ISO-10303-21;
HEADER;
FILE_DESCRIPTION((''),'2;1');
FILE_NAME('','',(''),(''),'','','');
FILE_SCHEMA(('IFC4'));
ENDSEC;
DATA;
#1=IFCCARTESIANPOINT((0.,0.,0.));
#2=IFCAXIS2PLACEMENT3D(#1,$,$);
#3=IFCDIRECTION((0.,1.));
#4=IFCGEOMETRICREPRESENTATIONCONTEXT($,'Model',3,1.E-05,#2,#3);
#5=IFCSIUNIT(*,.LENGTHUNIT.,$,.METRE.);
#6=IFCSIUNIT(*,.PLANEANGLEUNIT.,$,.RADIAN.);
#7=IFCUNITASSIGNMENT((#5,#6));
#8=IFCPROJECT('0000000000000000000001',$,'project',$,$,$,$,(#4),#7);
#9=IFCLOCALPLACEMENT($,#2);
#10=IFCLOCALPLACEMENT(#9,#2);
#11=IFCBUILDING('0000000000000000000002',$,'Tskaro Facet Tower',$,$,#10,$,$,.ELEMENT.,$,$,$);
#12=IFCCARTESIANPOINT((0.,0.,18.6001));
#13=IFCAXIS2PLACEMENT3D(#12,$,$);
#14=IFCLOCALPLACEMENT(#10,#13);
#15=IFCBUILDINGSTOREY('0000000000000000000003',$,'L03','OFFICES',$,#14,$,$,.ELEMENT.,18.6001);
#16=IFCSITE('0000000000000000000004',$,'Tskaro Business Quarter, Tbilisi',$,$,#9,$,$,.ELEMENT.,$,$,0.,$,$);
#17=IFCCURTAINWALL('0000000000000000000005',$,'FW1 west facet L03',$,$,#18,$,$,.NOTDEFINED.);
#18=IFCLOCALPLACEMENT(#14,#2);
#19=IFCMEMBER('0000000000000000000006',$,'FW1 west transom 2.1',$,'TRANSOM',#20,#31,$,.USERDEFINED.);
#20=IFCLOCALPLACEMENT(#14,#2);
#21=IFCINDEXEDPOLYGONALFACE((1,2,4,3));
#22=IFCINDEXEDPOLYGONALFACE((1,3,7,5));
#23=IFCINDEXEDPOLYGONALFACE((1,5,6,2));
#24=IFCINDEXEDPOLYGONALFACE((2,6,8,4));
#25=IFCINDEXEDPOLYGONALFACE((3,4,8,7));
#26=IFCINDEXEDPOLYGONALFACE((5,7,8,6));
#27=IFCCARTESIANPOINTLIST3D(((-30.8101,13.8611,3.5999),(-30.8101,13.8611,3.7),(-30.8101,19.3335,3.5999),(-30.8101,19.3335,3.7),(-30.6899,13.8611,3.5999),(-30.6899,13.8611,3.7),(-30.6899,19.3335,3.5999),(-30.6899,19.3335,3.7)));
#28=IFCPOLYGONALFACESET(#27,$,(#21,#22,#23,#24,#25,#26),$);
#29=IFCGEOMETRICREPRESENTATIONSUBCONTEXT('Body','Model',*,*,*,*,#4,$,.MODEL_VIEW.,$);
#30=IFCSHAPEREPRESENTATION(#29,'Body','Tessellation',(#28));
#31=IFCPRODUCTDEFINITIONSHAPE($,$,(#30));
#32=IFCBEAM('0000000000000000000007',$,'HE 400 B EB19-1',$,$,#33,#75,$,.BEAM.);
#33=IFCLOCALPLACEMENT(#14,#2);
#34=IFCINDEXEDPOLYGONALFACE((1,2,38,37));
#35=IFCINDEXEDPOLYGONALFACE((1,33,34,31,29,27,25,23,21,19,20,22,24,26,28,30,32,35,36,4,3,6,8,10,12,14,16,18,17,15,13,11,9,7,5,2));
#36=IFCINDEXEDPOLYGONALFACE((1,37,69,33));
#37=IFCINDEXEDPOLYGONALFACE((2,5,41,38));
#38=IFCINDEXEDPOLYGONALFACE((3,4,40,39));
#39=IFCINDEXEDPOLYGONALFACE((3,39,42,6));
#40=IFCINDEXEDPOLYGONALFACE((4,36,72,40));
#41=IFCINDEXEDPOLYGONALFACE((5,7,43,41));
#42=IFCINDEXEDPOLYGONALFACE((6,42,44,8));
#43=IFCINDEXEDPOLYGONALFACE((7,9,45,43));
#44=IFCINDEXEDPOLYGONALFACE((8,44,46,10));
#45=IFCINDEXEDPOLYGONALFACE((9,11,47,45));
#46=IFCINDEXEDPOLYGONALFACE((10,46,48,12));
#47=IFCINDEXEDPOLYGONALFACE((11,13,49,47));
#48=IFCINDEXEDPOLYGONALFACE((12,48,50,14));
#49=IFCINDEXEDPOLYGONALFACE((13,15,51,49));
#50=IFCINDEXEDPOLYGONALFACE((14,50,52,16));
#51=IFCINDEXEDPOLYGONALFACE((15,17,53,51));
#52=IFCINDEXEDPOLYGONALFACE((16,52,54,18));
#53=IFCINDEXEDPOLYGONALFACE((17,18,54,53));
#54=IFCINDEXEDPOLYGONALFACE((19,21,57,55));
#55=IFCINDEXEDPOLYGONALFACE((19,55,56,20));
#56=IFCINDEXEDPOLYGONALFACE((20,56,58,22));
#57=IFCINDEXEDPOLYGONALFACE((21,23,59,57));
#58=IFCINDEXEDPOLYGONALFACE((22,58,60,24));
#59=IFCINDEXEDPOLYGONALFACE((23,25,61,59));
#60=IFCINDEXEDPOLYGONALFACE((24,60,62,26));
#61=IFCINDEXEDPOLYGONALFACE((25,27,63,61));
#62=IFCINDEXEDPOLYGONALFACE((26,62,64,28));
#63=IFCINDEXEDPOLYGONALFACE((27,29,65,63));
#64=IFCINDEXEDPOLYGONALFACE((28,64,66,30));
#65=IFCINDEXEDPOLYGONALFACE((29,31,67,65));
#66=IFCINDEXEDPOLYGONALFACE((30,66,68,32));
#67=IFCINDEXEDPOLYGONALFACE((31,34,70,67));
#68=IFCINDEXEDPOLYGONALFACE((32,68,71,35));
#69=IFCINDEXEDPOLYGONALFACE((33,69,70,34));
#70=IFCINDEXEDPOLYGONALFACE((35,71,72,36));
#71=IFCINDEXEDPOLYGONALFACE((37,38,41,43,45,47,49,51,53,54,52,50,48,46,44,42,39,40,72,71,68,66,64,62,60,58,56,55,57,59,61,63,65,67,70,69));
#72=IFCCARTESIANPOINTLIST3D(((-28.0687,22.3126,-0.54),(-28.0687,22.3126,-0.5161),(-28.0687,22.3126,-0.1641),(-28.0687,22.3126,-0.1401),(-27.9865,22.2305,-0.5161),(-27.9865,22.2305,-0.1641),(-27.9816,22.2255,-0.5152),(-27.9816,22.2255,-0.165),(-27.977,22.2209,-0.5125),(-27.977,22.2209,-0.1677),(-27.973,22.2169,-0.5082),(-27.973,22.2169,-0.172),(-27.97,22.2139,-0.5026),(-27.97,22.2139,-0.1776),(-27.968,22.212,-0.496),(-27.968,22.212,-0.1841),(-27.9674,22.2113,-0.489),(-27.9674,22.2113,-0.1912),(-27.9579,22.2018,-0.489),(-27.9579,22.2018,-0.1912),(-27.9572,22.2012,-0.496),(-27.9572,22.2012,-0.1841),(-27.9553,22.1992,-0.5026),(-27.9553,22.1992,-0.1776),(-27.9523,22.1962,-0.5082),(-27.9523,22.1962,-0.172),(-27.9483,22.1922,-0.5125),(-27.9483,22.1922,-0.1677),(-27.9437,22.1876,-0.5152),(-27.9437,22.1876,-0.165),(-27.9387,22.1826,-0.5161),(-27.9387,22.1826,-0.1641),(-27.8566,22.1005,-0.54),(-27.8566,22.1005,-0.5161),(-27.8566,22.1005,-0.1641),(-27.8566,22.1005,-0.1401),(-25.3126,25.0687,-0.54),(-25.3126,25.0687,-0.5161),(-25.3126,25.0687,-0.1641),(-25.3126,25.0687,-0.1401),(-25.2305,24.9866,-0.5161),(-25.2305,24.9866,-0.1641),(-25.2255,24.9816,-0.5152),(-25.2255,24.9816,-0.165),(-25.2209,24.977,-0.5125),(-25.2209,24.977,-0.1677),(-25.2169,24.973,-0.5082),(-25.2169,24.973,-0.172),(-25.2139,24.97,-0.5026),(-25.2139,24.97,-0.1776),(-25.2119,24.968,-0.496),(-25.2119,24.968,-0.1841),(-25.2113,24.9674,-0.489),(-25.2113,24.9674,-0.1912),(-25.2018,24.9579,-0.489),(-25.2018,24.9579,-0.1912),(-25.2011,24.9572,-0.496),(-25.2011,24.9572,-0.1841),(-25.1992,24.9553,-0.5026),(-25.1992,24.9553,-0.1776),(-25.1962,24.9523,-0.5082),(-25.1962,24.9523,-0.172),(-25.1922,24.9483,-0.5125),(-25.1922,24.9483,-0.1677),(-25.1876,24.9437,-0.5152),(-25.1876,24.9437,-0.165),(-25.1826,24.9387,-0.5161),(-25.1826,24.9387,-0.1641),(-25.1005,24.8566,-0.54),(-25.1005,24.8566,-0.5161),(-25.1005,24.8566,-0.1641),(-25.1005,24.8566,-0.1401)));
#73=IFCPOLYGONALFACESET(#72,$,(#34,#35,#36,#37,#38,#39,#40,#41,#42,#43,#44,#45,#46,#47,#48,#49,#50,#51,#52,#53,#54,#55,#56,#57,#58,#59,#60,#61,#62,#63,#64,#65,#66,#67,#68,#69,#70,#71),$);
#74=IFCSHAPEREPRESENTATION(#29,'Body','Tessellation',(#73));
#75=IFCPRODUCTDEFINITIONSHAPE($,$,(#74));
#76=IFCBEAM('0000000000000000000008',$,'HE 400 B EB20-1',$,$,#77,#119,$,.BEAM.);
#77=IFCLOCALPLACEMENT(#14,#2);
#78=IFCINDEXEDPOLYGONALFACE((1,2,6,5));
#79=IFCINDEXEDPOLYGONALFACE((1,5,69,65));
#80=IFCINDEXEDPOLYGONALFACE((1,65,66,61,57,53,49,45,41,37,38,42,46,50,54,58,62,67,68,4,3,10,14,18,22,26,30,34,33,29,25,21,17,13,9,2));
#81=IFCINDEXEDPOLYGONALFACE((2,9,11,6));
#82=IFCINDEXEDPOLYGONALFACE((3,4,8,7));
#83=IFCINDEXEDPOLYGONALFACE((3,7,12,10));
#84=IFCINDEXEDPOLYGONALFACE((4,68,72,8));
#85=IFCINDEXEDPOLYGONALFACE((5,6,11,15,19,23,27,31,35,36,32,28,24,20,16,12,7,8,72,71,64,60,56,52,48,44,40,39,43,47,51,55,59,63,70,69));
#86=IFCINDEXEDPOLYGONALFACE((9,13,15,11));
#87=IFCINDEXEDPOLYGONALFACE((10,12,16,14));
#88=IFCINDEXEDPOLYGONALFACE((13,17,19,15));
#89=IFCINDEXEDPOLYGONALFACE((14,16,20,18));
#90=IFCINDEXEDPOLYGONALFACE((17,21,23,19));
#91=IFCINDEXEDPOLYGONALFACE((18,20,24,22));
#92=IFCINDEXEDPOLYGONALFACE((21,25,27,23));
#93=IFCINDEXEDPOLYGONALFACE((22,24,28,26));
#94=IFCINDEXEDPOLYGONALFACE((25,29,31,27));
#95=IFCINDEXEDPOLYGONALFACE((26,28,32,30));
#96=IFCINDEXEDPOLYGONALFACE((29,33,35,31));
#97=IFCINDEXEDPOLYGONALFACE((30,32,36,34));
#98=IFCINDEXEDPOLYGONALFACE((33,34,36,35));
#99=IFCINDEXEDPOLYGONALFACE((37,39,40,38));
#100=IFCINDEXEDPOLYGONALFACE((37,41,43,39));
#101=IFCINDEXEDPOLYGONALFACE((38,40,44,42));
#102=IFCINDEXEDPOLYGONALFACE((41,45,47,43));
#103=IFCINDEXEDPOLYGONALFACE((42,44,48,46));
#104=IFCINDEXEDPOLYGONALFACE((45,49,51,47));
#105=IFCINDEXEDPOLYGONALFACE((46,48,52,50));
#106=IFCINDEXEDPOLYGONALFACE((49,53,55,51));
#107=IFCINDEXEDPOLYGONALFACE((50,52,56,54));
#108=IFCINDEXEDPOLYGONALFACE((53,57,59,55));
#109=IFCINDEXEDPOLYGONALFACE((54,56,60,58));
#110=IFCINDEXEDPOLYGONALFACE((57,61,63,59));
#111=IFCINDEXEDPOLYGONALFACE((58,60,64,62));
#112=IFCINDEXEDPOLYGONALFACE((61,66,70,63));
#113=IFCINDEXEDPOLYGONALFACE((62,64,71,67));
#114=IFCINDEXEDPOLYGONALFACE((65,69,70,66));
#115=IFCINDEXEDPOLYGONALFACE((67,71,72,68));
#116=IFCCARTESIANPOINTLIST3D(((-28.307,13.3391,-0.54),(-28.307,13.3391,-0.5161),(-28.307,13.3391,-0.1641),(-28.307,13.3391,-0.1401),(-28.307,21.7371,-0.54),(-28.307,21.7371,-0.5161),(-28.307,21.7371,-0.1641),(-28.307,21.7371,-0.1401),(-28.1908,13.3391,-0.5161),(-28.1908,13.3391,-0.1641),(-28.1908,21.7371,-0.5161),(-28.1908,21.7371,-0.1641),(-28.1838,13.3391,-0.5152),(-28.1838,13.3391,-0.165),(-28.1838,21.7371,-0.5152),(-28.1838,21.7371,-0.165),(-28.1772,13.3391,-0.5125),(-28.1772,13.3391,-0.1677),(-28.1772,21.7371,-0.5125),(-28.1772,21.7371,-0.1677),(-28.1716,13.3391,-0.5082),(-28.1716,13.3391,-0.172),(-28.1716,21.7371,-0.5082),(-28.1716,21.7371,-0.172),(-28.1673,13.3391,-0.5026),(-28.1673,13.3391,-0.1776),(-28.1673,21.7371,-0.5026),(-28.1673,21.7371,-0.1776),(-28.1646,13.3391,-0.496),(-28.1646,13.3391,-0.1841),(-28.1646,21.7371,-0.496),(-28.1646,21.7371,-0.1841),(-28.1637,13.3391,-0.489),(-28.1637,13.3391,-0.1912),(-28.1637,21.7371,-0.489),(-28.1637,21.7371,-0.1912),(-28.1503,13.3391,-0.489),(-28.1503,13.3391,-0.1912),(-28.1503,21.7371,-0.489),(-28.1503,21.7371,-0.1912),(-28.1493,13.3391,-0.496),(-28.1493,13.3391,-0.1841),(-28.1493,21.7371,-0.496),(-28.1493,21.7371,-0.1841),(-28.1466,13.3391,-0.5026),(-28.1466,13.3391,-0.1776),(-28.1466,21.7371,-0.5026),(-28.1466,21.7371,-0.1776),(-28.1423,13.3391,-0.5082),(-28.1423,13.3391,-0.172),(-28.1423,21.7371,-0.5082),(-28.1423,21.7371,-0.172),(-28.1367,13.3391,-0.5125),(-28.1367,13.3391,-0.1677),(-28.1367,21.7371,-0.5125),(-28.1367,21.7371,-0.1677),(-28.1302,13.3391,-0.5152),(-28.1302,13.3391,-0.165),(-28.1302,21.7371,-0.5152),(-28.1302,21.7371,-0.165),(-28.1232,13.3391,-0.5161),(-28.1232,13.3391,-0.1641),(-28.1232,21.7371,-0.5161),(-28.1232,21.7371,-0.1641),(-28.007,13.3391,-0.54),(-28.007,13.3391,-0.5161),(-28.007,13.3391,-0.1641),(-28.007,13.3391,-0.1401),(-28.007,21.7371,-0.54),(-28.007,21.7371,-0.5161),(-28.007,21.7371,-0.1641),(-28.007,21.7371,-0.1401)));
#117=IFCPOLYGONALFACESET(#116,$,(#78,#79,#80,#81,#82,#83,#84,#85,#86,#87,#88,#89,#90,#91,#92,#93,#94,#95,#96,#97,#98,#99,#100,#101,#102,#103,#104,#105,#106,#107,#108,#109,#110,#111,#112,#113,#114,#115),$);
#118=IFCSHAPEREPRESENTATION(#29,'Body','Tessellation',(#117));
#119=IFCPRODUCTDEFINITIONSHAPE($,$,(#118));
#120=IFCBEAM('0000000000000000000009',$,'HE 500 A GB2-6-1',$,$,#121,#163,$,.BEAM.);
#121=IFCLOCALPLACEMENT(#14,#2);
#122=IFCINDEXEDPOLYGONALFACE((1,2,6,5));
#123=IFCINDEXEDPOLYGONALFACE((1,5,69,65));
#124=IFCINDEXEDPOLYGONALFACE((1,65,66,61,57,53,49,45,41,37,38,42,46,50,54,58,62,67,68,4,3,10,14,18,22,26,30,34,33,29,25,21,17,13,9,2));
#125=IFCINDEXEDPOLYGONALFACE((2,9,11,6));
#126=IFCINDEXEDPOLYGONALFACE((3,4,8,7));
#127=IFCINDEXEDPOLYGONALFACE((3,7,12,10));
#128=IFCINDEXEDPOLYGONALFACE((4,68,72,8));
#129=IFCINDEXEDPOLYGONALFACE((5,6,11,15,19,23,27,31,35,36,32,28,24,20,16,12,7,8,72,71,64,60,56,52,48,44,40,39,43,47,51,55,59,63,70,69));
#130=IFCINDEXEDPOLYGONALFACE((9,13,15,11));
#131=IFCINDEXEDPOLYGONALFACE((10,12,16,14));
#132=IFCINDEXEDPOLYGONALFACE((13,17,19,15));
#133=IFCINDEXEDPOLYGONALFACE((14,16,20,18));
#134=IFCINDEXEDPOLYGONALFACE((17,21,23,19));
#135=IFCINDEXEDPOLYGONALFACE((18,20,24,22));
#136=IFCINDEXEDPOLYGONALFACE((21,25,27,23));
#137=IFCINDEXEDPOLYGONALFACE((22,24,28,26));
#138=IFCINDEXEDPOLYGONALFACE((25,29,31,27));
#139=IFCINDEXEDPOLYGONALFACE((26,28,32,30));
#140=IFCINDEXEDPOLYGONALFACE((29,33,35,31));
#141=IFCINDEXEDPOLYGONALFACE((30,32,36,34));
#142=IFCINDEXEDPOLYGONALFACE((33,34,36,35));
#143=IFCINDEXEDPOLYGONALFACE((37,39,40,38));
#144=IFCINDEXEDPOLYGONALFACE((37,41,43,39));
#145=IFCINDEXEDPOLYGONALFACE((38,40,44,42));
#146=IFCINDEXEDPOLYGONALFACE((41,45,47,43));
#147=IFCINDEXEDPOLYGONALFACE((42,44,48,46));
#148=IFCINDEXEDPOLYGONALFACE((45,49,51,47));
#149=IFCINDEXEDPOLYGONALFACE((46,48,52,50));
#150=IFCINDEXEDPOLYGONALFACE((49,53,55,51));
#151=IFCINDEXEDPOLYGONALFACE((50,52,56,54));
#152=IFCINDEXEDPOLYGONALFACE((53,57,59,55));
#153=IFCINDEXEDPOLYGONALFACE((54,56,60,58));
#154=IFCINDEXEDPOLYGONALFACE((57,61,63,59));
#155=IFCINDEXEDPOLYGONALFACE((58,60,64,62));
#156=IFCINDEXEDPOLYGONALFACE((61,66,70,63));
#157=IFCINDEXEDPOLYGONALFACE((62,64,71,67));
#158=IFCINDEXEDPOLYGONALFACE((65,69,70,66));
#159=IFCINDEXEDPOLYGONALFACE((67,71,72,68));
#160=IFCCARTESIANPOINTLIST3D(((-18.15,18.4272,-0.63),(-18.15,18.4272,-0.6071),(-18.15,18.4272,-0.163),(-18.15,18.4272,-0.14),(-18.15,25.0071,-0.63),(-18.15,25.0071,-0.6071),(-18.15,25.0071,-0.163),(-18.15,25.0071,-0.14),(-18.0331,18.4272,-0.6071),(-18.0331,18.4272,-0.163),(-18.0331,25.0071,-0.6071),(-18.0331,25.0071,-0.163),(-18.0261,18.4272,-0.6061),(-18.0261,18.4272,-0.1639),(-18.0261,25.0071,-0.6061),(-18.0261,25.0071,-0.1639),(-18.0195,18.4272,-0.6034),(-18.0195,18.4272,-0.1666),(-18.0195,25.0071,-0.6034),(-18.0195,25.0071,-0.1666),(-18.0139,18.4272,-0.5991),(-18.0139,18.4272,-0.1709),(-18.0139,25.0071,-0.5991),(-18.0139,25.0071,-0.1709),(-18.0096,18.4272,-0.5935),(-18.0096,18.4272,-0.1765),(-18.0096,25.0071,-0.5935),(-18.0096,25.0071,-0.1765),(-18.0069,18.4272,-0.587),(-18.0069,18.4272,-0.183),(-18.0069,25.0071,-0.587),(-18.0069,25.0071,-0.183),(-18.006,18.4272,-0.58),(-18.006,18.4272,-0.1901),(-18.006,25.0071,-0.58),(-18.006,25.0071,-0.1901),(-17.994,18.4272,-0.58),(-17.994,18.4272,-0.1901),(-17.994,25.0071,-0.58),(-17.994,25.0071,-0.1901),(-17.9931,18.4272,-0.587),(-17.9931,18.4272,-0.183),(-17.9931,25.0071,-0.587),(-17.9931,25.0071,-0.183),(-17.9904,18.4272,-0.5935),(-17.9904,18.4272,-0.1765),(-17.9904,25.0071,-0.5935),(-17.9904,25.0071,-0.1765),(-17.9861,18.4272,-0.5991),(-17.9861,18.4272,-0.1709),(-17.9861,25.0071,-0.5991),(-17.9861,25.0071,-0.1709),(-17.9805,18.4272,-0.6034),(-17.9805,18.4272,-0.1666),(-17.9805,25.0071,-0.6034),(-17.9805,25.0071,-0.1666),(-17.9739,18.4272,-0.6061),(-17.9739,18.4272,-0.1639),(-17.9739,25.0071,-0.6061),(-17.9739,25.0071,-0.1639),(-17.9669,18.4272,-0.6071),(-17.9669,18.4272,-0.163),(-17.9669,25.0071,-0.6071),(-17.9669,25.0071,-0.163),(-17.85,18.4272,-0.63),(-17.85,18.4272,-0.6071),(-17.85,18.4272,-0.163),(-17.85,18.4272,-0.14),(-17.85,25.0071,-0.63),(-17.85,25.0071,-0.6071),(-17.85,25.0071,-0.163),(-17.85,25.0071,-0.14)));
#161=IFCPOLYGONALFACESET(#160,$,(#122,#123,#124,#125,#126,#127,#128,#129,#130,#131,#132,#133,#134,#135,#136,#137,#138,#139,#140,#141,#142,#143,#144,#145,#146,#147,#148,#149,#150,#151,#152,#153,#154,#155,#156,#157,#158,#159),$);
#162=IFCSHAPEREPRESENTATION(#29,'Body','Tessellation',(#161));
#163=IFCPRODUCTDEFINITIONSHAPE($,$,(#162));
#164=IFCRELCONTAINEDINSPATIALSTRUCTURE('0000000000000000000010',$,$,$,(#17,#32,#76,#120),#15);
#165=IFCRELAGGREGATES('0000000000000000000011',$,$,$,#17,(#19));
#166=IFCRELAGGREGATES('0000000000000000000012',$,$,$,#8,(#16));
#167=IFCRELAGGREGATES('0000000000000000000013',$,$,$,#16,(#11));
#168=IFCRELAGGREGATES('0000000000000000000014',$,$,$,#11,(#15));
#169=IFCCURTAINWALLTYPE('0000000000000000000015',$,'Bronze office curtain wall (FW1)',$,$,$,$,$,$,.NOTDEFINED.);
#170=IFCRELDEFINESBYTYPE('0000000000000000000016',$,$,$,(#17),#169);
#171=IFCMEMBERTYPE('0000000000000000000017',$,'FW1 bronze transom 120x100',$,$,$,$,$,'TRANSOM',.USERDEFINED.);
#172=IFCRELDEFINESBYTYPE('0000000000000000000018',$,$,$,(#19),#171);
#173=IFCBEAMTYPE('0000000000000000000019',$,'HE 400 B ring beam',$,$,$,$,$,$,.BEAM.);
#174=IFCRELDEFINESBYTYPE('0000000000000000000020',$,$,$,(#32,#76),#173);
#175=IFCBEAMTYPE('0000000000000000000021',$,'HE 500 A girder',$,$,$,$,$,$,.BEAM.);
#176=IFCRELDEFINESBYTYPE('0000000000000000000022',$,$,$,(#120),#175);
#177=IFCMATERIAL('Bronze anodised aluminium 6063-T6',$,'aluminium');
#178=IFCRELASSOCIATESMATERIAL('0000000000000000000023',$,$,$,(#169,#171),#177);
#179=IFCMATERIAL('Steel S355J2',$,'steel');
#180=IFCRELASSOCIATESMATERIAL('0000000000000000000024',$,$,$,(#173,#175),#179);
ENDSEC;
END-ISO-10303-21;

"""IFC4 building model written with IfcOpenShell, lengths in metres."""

from ifc_helpers import new_model, si_unit, direction, frame, origin, origin_2d, place, context, subcontext, project, spatial, rectangle, i_section, extrude, material, material_profile, profile_set, type_object, element, aggregate, save


model = new_model("IFC4")

# Units and contexts
model_context = context("Model", 3, precision=1e-05, world=origin(), true_north=direction((0.0, 1.0)))
body_context = subcontext(model_context, "Body", "Model", "MODEL_VIEW")
ifc_project = project(units=[si_unit("LENGTHUNIT", "METRE"), si_unit("PLANEANGLEUNIT", "RADIAN")], contexts=[model_context])

# Site, building, storey
site_placement = place(None, origin())
site = spatial("IfcSite", under=ifc_project, at=site_placement, Name="Tskaro Business Quarter, Tbilisi", CompositionType="ELEMENT", RefElevation=0.0)
building_placement = place(site_placement, origin())
building = spatial("IfcBuilding", under=site, at=building_placement, Name="Tskaro Facet Tower", CompositionType="ELEMENT")
storey_placement = place(building_placement, frame((0.0, 0.0, 18.6001)))
storey = spatial("IfcBuildingStorey", under=building, at=storey_placement, Name="L03", Description="OFFICES", CompositionType="ELEMENT", Elevation=18.6001)

# Curtain wall
ifc_material_1 = material(Name="Bronze anodised aluminium 6063-T6", Category="aluminium")
curtain_wall_type = type_object("IfcCurtainWallType", Name="Bronze office curtain wall (FW1)", PredefinedType="NOTDEFINED", material=ifc_material_1)
curtain_wall_1_placement = place(storey_placement, origin())
curtain_wall_1 = element("IfcCurtainWall", 1, at=curtain_wall_1_placement, inside=storey, type_object=curtain_wall_type, Name="FW1 west facet L03", PredefinedType="NOTDEFINED")

# Member
ifc_material_profile_1 = material_profile(ifc_material_1, rectangle(XDim=0.1201, YDim=0.1001, at=origin_2d()), Name="Transom 120x100")
ifc_profile_set_1 = profile_set([ifc_material_profile_1], Name="Bronze anodised aluminium 6063-T6")
member_type_1 = type_object("IfcMemberType", Name="FW1 bronze transom 120x100", ElementType="TRANSOM", PredefinedType="USERDEFINED", material=ifc_profile_set_1)
member_1_placement = place(storey_placement, frame((-30.75, 19.3335, 3.6499), z_axis=(0.0, -1.0, 0.0), x_axis=(1.0, 0.0, 0.0)))
member_1 = element("IfcMember", 2, at=member_1_placement, type_object=member_type_1, Name="FW1 west transom 2.1", ObjectType="TRANSOM", PredefinedType="USERDEFINED", context=body_context, shape_type="SweptSolid", body=[
    extrude(rectangle(XDim=0.1201, YDim=0.1001, at=origin_2d()), origin(), (0.0, 0.0, 1.0), 5.4724),
])

# Beams
ifc_material_2 = material(Name="Steel S355J2", Category="steel")
ifc_material_profile_2 = material_profile(ifc_material_2, i_section(OverallWidth=0.3, OverallDepth=0.3999, WebThickness=0.0134, FlangeThickness=0.0239, FilletRadius=0.0271, at=origin_2d()), Name="HE 400 B")
ifc_profile_set_2 = profile_set([ifc_material_profile_2], Name="Steel S355J2")
beam_type_1 = type_object("IfcBeamType", Name="HE 400 B ring beam", PredefinedType="BEAM", material=ifc_profile_set_2)
beam_1_placement = place(storey_placement, frame((-25.2065, 24.9626, -0.3401), z_axis=(-0.707107, -0.707107, 0.0), x_axis=(0.707107, -0.707107, 0.0)))
element("IfcBeam", 3, at=beam_1_placement, inside=storey, type_object=beam_type_1, Name="HE 400 B EB19-1", PredefinedType="BEAM", context=body_context, shape_type="SweptSolid", body=[
    extrude(i_section(OverallWidth=0.3, OverallDepth=0.3999, WebThickness=0.0134, FlangeThickness=0.0239, FilletRadius=0.0271, at=origin_2d()), origin(), (0.0, 0.0, 1.0), 3.8977),
])
beam_2_placement = place(storey_placement, frame((-28.157, 21.7371, -0.3401), z_axis=(0.0, -1.0, 0.0), x_axis=(1.0, 0.0, 0.0)))
element("IfcBeam", 4, at=beam_2_placement, inside=storey, type_object=beam_type_1, Name="HE 400 B EB20-1", PredefinedType="BEAM", context=body_context, shape_type="SweptSolid", body=[
    extrude(i_section(OverallWidth=0.3, OverallDepth=0.3999, WebThickness=0.0134, FlangeThickness=0.0239, FilletRadius=0.0271, at=origin_2d()), origin(), (0.0, 0.0, 1.0), 8.3979),
])
ifc_material_profile_3 = material_profile(ifc_material_2, i_section(OverallWidth=0.3, OverallDepth=0.49, WebThickness=0.012, FlangeThickness=0.0229, FilletRadius=0.0271, at=origin_2d()), Name="HE 500 A")
ifc_profile_set_3 = profile_set([ifc_material_profile_3], Name="Steel S355J2")
beam_type_2 = type_object("IfcBeamType", Name="HE 500 A girder", PredefinedType="BEAM", material=ifc_profile_set_3)
beam_3_placement = place(storey_placement, frame((-18.0, 18.4272, -0.385), z_axis=(0.0, 1.0, 0.0), x_axis=(-1.0, 0.0, 0.0)))
element("IfcBeam", 5, at=beam_3_placement, inside=storey, type_object=beam_type_2, Name="HE 500 A GB2-6-1", PredefinedType="BEAM", context=body_context, shape_type="SweptSolid", body=[
    extrude(i_section(OverallWidth=0.3, OverallDepth=0.49, WebThickness=0.012, FlangeThickness=0.0229, FilletRadius=0.0271, at=origin_2d()), origin(), (0.0, 0.0, 1.0), 6.5798),
])

aggregate(curtain_wall_1, [member_1])

save(model, "model.ifc")
